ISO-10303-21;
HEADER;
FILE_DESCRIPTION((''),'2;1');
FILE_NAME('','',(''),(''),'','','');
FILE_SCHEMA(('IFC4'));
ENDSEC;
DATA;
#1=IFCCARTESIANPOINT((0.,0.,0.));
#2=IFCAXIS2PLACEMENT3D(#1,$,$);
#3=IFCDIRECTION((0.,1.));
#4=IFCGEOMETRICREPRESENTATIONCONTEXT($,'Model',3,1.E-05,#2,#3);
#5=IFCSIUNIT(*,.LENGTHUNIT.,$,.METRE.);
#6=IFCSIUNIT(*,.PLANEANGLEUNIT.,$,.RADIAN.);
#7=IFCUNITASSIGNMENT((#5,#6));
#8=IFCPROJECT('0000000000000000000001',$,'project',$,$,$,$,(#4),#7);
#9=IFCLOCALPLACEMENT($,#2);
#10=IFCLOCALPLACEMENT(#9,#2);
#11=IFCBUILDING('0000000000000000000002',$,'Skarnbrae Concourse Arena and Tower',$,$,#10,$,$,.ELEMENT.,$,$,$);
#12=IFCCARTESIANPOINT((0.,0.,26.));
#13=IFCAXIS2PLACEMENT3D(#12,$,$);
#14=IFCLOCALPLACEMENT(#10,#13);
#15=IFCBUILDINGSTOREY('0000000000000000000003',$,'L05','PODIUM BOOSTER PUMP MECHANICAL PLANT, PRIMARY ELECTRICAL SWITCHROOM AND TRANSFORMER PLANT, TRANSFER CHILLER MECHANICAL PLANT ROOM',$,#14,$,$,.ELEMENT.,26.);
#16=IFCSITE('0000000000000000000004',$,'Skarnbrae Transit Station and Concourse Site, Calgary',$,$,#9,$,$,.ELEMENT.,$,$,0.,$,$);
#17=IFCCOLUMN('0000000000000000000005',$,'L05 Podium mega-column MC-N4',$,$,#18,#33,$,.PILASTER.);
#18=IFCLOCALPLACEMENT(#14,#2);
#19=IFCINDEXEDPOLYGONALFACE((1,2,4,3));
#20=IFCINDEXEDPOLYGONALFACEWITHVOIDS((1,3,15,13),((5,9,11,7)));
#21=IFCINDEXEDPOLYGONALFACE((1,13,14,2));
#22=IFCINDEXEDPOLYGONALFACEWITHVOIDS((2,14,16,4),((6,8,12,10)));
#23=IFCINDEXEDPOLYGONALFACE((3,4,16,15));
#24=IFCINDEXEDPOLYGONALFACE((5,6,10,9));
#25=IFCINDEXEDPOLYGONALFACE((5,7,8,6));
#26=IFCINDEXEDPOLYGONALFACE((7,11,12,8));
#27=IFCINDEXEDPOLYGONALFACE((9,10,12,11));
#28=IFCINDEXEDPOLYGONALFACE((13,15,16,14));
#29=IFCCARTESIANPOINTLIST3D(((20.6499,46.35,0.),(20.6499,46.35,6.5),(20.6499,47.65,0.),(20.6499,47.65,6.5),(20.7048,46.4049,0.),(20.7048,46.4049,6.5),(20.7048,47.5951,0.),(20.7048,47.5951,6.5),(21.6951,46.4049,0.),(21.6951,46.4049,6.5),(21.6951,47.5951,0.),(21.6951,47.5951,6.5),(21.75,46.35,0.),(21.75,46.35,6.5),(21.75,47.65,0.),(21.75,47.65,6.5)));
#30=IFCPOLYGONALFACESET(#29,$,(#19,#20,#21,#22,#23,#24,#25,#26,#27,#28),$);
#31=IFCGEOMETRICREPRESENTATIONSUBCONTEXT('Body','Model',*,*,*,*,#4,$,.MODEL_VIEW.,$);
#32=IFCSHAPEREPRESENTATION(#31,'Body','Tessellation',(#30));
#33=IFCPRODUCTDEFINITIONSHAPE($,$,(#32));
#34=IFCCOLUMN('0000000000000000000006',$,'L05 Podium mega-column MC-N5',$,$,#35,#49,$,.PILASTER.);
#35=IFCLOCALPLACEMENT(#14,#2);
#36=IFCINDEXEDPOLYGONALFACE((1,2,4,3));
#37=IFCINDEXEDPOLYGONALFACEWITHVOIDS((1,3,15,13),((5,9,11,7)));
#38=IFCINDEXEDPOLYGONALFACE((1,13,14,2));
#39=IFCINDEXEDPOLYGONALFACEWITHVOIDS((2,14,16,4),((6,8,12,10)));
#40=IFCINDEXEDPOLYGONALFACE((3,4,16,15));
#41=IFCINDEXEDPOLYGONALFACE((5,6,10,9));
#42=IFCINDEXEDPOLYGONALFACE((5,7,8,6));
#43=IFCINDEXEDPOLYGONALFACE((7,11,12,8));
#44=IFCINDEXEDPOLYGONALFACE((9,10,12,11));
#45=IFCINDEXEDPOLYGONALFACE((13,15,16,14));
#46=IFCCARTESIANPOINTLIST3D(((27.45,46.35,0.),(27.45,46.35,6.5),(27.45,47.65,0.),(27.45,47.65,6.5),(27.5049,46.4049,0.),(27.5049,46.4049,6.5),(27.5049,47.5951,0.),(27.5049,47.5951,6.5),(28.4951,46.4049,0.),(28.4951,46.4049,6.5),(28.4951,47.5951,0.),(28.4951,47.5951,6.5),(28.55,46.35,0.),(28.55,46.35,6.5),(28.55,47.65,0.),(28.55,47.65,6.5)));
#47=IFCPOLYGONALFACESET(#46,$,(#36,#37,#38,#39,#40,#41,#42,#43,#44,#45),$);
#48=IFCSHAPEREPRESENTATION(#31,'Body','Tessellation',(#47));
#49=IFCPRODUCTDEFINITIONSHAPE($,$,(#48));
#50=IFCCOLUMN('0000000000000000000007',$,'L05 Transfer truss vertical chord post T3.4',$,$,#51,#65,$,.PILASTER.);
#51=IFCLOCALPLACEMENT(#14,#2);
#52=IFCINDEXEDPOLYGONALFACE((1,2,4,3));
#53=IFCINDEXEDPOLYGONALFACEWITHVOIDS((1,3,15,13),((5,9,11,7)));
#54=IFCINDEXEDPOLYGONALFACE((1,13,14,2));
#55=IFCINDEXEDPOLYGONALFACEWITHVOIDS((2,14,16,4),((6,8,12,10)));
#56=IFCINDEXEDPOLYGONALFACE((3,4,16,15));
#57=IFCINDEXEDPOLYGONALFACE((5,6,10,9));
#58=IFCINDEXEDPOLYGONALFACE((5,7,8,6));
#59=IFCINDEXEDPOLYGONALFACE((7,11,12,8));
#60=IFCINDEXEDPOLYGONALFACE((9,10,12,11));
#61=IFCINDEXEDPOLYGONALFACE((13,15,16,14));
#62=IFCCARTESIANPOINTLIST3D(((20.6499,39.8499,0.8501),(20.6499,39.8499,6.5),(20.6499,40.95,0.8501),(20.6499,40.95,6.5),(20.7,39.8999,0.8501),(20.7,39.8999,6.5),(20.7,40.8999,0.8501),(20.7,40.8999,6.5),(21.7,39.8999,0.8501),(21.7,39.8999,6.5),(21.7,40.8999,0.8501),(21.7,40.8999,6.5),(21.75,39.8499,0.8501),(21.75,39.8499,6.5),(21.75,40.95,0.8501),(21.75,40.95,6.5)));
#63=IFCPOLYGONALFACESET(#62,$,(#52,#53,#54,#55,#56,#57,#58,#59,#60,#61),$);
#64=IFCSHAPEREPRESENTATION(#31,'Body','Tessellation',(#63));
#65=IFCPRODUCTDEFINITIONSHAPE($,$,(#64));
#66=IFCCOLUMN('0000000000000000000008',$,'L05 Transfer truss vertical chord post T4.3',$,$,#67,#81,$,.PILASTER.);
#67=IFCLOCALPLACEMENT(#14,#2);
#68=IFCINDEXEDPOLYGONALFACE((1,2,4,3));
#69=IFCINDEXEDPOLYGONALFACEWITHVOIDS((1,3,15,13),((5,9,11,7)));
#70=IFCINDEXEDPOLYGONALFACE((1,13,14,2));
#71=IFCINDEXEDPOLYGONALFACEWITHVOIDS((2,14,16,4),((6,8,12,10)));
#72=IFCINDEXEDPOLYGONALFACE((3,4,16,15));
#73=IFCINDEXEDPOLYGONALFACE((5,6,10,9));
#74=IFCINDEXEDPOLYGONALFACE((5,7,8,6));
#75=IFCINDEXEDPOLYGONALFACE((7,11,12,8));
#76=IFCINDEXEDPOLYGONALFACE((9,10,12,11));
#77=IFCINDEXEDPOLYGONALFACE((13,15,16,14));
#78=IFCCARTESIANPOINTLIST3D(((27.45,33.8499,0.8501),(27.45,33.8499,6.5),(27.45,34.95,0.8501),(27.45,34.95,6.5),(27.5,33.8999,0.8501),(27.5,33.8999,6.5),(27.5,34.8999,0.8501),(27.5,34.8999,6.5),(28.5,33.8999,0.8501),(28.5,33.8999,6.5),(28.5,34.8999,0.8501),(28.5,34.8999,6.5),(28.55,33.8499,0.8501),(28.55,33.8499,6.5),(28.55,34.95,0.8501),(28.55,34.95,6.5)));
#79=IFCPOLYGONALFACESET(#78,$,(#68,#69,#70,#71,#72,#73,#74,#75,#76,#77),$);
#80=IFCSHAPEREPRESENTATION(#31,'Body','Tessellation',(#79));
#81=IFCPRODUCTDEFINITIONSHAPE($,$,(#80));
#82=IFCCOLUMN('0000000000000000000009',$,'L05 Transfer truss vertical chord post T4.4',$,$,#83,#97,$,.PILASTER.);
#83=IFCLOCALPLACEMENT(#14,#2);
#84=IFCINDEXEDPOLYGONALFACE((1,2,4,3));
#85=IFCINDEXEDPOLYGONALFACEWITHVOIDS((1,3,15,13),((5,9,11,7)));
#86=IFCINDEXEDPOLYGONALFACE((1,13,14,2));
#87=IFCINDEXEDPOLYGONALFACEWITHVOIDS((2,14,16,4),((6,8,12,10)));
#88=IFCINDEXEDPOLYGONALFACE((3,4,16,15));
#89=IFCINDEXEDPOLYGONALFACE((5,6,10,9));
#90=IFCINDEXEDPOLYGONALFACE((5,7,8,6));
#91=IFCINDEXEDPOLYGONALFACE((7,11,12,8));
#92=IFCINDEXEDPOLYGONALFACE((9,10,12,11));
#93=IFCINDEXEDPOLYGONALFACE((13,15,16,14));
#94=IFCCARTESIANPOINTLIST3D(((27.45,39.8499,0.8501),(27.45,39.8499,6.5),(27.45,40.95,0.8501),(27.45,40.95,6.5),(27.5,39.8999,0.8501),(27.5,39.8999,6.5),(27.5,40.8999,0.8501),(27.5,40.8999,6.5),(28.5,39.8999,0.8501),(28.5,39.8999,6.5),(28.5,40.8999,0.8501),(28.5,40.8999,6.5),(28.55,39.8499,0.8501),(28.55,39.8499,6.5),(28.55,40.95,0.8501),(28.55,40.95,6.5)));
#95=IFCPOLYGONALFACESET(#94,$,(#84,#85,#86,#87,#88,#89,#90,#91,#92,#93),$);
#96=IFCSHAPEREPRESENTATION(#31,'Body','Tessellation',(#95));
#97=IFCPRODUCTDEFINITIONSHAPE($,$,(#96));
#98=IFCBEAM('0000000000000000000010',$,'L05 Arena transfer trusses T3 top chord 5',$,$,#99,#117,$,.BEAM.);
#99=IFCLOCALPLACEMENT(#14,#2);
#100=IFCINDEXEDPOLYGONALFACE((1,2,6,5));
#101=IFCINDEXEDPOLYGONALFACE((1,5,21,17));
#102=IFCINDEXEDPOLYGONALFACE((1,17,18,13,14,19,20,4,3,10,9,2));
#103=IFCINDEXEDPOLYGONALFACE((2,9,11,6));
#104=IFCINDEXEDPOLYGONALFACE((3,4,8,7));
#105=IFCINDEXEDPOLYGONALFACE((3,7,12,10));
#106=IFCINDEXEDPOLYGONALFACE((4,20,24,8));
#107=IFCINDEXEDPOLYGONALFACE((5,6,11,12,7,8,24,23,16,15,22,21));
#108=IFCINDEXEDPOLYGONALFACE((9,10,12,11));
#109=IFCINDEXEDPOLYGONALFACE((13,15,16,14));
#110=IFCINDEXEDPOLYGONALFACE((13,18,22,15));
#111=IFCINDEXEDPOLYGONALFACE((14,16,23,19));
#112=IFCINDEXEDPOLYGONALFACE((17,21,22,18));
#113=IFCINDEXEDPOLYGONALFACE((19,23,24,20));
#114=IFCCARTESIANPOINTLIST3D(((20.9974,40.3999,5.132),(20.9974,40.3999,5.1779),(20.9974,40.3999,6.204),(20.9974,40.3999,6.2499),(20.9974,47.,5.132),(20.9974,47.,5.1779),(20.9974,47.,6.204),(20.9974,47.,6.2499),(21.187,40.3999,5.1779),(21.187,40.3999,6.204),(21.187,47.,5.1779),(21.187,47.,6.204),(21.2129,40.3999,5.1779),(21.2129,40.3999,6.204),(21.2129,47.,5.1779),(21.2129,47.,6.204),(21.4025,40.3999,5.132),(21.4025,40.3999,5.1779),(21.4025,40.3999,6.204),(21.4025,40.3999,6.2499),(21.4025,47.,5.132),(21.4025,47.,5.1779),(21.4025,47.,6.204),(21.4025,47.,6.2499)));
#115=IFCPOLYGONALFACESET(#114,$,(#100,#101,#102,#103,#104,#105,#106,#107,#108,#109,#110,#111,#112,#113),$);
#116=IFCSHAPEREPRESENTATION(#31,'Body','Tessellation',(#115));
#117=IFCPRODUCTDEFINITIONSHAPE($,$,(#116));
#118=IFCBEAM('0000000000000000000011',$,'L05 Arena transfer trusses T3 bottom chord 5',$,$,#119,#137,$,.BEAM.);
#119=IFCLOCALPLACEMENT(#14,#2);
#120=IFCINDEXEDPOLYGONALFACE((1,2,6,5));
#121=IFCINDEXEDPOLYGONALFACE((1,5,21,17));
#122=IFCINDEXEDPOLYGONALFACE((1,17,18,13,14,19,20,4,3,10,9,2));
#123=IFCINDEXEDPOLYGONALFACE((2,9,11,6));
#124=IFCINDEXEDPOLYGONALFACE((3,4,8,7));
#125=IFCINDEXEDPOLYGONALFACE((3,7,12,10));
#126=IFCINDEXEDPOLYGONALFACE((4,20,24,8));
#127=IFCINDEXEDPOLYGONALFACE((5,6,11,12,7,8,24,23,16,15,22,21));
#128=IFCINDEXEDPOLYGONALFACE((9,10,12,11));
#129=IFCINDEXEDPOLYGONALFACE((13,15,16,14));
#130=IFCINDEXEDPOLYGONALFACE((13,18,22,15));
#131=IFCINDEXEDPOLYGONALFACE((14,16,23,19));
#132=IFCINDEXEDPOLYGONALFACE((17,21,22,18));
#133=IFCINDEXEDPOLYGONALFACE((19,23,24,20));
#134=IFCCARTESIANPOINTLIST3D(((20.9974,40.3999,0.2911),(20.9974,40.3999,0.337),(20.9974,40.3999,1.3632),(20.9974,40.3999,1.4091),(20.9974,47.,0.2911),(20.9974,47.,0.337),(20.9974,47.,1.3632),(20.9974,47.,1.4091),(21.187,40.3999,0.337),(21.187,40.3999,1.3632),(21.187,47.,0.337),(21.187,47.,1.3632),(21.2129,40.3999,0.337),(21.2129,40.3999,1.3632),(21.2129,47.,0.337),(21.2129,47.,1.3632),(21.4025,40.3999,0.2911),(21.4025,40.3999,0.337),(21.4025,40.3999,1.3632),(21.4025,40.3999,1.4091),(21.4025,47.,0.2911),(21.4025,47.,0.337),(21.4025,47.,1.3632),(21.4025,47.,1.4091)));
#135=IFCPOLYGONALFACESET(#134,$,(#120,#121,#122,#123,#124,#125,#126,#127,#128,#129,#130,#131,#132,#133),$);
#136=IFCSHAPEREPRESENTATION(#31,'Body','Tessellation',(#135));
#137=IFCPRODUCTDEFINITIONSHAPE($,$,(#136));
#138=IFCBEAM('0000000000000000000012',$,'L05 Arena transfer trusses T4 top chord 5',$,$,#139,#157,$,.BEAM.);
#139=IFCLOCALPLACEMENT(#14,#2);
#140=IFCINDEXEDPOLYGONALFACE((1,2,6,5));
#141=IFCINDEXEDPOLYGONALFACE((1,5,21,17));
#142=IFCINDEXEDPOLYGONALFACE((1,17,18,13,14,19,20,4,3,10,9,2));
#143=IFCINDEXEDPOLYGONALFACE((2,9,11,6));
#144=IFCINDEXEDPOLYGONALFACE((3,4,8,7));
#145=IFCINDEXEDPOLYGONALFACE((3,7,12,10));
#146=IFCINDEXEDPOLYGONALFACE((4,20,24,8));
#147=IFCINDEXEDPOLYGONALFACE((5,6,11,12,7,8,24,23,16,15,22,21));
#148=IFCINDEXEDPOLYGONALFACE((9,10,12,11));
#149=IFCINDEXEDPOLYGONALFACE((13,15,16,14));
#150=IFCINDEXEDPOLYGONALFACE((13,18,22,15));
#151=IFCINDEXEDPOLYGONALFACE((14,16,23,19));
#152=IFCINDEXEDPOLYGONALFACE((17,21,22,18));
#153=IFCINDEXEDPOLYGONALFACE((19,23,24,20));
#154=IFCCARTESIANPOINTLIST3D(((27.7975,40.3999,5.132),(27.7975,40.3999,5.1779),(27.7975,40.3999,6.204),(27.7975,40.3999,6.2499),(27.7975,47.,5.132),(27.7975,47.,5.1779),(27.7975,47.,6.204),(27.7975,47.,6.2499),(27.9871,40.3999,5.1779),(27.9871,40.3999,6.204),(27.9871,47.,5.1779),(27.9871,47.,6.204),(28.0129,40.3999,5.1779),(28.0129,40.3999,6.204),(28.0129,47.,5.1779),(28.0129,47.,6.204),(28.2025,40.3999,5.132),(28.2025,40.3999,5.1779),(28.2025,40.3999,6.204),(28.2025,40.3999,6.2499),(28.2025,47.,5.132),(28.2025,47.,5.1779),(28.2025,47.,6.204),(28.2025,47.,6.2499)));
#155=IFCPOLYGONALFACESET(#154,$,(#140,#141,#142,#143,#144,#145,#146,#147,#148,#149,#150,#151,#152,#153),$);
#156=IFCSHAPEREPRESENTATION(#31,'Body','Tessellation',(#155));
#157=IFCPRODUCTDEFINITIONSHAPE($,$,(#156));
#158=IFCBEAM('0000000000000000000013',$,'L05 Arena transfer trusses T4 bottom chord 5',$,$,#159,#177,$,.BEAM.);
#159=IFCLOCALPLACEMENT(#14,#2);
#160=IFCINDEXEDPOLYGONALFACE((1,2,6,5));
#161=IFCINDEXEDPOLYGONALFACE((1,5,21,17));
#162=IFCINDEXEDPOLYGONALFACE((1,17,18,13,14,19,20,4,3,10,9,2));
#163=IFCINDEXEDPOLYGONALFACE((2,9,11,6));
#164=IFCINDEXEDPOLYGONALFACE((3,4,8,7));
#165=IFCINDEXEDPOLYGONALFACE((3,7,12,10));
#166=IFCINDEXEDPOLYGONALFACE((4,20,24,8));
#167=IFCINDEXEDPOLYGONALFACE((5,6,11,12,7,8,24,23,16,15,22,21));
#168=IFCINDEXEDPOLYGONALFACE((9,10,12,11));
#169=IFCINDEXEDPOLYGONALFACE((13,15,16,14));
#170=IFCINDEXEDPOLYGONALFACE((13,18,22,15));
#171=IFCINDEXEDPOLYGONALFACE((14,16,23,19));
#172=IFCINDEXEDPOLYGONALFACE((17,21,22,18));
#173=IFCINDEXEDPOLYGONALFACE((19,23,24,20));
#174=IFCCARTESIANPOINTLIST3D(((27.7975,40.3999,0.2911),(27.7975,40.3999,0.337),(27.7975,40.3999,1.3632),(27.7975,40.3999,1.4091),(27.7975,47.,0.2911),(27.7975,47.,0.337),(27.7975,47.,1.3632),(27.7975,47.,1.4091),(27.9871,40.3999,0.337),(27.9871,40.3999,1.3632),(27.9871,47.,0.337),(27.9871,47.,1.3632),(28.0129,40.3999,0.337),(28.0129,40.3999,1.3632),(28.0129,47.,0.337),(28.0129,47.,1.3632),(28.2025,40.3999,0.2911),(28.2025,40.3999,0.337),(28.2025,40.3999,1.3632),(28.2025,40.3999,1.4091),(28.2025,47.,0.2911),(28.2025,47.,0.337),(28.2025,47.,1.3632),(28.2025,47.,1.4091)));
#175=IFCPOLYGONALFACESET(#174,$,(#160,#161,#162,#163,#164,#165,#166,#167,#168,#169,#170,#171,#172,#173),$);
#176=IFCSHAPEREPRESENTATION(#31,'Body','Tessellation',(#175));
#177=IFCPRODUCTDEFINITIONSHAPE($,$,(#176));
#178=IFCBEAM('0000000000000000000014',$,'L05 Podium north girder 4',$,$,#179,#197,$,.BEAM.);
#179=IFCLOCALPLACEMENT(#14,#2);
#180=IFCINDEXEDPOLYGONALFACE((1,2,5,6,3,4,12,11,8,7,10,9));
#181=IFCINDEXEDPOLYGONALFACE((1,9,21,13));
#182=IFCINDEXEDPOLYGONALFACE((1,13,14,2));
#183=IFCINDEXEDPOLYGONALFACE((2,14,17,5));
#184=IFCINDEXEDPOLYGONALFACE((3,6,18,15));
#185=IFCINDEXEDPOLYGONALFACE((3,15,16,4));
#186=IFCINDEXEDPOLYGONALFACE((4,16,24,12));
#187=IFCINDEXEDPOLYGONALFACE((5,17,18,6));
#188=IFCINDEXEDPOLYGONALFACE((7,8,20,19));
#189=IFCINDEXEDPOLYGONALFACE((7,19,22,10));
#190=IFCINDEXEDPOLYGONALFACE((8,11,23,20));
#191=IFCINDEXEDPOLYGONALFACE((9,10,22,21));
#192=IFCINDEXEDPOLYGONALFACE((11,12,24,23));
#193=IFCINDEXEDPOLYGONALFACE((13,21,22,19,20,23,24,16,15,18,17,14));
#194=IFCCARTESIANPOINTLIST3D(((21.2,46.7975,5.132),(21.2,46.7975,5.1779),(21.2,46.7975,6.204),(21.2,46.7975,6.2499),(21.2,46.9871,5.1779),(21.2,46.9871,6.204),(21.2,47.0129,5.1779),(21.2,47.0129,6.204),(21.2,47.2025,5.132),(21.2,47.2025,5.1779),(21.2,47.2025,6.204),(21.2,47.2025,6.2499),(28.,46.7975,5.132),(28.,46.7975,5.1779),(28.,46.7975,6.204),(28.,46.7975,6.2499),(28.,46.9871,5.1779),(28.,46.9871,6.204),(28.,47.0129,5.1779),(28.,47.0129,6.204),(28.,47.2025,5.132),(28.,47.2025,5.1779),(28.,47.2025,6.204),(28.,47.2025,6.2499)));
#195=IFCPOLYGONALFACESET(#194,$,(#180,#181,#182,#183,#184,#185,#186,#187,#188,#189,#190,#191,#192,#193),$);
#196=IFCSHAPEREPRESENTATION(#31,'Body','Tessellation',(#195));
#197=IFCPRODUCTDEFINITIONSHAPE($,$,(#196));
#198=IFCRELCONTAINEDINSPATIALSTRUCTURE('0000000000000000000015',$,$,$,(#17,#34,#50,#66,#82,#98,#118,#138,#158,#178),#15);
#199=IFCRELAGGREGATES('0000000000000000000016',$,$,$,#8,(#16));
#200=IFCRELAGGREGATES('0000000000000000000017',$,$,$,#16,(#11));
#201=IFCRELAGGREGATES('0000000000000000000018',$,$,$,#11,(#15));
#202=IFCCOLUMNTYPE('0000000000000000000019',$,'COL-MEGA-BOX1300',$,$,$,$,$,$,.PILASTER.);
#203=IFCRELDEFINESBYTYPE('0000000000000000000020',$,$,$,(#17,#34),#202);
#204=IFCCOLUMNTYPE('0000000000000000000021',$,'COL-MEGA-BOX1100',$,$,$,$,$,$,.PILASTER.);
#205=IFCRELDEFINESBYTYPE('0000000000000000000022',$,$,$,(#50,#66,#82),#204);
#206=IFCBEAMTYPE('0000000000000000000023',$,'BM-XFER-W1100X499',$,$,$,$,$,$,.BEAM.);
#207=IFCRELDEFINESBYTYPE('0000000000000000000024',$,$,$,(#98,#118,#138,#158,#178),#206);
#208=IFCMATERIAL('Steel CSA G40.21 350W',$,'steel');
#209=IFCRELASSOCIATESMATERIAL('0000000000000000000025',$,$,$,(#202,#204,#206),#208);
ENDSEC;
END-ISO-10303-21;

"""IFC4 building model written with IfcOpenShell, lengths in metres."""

from ifc_helpers import new_model, si_unit, direction, frame, origin, origin_2d, place, context, subcontext, project, spatial, hollow_rectangle, i_section, extrude, source, transform, mapped, material, material_profile, profile_set, type_object, element, save


model = new_model("IFC4")

# Units and contexts
model_context = context("Model", 3, precision=1e-05, world=origin(), true_north=direction((0.0, 1.0)))
body_context = subcontext(model_context, "Body", "Model", "MODEL_VIEW")
ifc_project = project(units=[si_unit("LENGTHUNIT", "METRE"), si_unit("PLANEANGLEUNIT", "RADIAN")], contexts=[model_context])

# Site, building, storey
site_placement = place(None, origin())
site = spatial("IfcSite", under=ifc_project, at=site_placement, Name="Skarnbrae Transit Station and Concourse Site, Calgary", CompositionType="ELEMENT", RefElevation=0.0)
building_placement = place(site_placement, origin())
building = spatial("IfcBuilding", under=site, at=building_placement, Name="Skarnbrae Concourse Arena and Tower", CompositionType="ELEMENT")
storey_placement = place(building_placement, frame((0.0, 0.0, 26.0)))
storey = spatial("IfcBuildingStorey", under=building, at=storey_placement, Name="L05", Description="PODIUM BOOSTER PUMP MECHANICAL PLANT, PRIMARY ELECTRICAL SWITCHROOM AND TRANSFORMER PLANT, TRANSFER CHILLER MECHANICAL PLANT ROOM", CompositionType="ELEMENT", Elevation=26.0)

# Columns
ifc_material_1 = material(Name="Steel CSA G40.21 350W", Category="steel")
ifc_material_profile_1 = material_profile(ifc_material_1, hollow_rectangle(XDim=1.1001, YDim=1.3, WallThickness=0.0549, at=origin_2d()), Name="BOX1300X1100X55")
ifc_profile_set_1 = profile_set([ifc_material_profile_1], Name="Steel CSA G40.21 350W")
column_type_1 = type_object("IfcColumnType", Name="COL-MEGA-BOX1300", PredefinedType="PILASTER", material=ifc_profile_set_1)
shared_shape_1 = source(origin(), body_context, "Body", "SweptSolid", [
    extrude(hollow_rectangle(XDim=1.1001, YDim=1.3, WallThickness=0.0549, at=origin_2d()), origin(), (0.0, 0.0, 1.0), 6.5),
])
for number, where, z_axis, x_axis, name in (
    (1, (21.2, 47.0, 0.0), (0.0, 0.0, 1.0), (1.0, 0.0, 0.0), "L05 Podium mega-column MC-N4"),
    (2, (28.0, 47.0, 0.0), (0.0, 0.0, 1.0), (1.0, 0.0, 0.0), "L05 Podium mega-column MC-N5"),
):
    element("IfcColumn", number, at=place(storey_placement, frame(where, z_axis=z_axis, x_axis=x_axis)), inside=storey, type_object=column_type_1, Name=name, PredefinedType="PILASTER", context=body_context, shape_type="MappedRepresentation", body=[
        mapped(shared_shape_1, transform((0.0, 0.0, 0.0))),
    ])
ifc_material_profile_2 = material_profile(ifc_material_1, hollow_rectangle(XDim=1.1001, YDim=1.1001, WallThickness=0.05, at=origin_2d()), Name="BOX1100X1100X50")
ifc_profile_set_2 = profile_set([ifc_material_profile_2], Name="Steel CSA G40.21 350W")
column_type_2 = type_object("IfcColumnType", Name="COL-MEGA-BOX1100", PredefinedType="PILASTER", material=ifc_profile_set_2)
shared_shape_2 = source(origin(), body_context, "Body", "SweptSolid", [
    extrude(hollow_rectangle(XDim=1.1001, YDim=1.1001, WallThickness=0.05, at=origin_2d()), origin(), (0.0, 0.0, 1.0), 5.6499),
])
for number, where, z_axis, x_axis, name in (
    (3, (21.2, 40.3999, 0.8501), (0.0, 0.0, 1.0), (1.0, 0.0, 0.0), "L05 Transfer truss vertical chord post T3.4"),
    (4, (28.0, 34.3999, 0.8501), (0.0, 0.0, 1.0), (1.0, 0.0, 0.0), "L05 Transfer truss vertical chord post T4.3"),
    (5, (28.0, 40.3999, 0.8501), (0.0, 0.0, 1.0), (1.0, 0.0, 0.0), "L05 Transfer truss vertical chord post T4.4"),
):
    element("IfcColumn", number, at=place(storey_placement, frame(where, z_axis=z_axis, x_axis=x_axis)), inside=storey, type_object=column_type_2, Name=name, PredefinedType="PILASTER", context=body_context, shape_type="MappedRepresentation", body=[
        mapped(shared_shape_2, transform((0.0, 0.0, 0.0))),
    ])

# Beams
ifc_material_profile_3 = material_profile(ifc_material_1, i_section(OverallWidth=0.405, OverallDepth=1.1179, WebThickness=0.0259, FlangeThickness=0.0459, at=origin_2d()), Name="W1100X499")
ifc_profile_set_3 = profile_set([ifc_material_profile_3], Name="Steel CSA G40.21 350W")
beam_type = type_object("IfcBeamType", Name="BM-XFER-W1100X499", PredefinedType="BEAM", material=ifc_profile_set_3)
shared_shape_3 = source(origin(), body_context, "Body", "SweptSolid", [
    extrude(i_section(OverallWidth=0.405, OverallDepth=1.1179, WebThickness=0.0259, FlangeThickness=0.0459, at=origin_2d()), origin(), (0.0, 0.0, 1.0), 6.6001),
])
for number, where, z_axis, x_axis, name in (
    (6, (21.2, 40.3999, 5.6909), (0.0, 1.0, 0.0), (-1.0, 0.0, 0.0), "L05 Arena transfer trusses T3 top chord 5"),
    (7, (21.2, 40.3999, 0.8501), (0.0, 1.0, 0.0), (-1.0, 0.0, 0.0), "L05 Arena transfer trusses T3 bottom chord 5"),
    (8, (28.0, 40.3999, 5.6909), (0.0, 1.0, 0.0), (-1.0, 0.0, 0.0), "L05 Arena transfer trusses T4 top chord 5"),
    (9, (28.0, 40.3999, 0.8501), (0.0, 1.0, 0.0), (-1.0, 0.0, 0.0), "L05 Arena transfer trusses T4 bottom chord 5"),
):
    element("IfcBeam", number, at=place(storey_placement, frame(where, z_axis=z_axis, x_axis=x_axis)), inside=storey, type_object=beam_type, Name=name, PredefinedType="BEAM", context=body_context, shape_type="MappedRepresentation", body=[
        mapped(shared_shape_3, transform((0.0, 0.0, 0.0))),
    ])
shared_shape_4 = source(origin(), body_context, "Body", "SweptSolid", [
    extrude(i_section(OverallWidth=0.405, OverallDepth=1.1179, WebThickness=0.0259, FlangeThickness=0.0459, at=origin_2d()), origin(), (0.0, 0.0, 1.0), 6.8),
])
for number, where, z_axis, x_axis, name in (
    (10, (21.2, 47.0, 5.6909), (1.0, 0.0, 0.0), (0.0, 1.0, 0.0), "L05 Podium north girder 4"),
):
    element("IfcBeam", number, at=place(storey_placement, frame(where, z_axis=z_axis, x_axis=x_axis)), inside=storey, type_object=beam_type, Name=name, PredefinedType="BEAM", context=body_context, shape_type="MappedRepresentation", body=[
        mapped(shared_shape_4, transform((0.0, 0.0, 0.0))),
    ])

save(model, "model.ifc")
